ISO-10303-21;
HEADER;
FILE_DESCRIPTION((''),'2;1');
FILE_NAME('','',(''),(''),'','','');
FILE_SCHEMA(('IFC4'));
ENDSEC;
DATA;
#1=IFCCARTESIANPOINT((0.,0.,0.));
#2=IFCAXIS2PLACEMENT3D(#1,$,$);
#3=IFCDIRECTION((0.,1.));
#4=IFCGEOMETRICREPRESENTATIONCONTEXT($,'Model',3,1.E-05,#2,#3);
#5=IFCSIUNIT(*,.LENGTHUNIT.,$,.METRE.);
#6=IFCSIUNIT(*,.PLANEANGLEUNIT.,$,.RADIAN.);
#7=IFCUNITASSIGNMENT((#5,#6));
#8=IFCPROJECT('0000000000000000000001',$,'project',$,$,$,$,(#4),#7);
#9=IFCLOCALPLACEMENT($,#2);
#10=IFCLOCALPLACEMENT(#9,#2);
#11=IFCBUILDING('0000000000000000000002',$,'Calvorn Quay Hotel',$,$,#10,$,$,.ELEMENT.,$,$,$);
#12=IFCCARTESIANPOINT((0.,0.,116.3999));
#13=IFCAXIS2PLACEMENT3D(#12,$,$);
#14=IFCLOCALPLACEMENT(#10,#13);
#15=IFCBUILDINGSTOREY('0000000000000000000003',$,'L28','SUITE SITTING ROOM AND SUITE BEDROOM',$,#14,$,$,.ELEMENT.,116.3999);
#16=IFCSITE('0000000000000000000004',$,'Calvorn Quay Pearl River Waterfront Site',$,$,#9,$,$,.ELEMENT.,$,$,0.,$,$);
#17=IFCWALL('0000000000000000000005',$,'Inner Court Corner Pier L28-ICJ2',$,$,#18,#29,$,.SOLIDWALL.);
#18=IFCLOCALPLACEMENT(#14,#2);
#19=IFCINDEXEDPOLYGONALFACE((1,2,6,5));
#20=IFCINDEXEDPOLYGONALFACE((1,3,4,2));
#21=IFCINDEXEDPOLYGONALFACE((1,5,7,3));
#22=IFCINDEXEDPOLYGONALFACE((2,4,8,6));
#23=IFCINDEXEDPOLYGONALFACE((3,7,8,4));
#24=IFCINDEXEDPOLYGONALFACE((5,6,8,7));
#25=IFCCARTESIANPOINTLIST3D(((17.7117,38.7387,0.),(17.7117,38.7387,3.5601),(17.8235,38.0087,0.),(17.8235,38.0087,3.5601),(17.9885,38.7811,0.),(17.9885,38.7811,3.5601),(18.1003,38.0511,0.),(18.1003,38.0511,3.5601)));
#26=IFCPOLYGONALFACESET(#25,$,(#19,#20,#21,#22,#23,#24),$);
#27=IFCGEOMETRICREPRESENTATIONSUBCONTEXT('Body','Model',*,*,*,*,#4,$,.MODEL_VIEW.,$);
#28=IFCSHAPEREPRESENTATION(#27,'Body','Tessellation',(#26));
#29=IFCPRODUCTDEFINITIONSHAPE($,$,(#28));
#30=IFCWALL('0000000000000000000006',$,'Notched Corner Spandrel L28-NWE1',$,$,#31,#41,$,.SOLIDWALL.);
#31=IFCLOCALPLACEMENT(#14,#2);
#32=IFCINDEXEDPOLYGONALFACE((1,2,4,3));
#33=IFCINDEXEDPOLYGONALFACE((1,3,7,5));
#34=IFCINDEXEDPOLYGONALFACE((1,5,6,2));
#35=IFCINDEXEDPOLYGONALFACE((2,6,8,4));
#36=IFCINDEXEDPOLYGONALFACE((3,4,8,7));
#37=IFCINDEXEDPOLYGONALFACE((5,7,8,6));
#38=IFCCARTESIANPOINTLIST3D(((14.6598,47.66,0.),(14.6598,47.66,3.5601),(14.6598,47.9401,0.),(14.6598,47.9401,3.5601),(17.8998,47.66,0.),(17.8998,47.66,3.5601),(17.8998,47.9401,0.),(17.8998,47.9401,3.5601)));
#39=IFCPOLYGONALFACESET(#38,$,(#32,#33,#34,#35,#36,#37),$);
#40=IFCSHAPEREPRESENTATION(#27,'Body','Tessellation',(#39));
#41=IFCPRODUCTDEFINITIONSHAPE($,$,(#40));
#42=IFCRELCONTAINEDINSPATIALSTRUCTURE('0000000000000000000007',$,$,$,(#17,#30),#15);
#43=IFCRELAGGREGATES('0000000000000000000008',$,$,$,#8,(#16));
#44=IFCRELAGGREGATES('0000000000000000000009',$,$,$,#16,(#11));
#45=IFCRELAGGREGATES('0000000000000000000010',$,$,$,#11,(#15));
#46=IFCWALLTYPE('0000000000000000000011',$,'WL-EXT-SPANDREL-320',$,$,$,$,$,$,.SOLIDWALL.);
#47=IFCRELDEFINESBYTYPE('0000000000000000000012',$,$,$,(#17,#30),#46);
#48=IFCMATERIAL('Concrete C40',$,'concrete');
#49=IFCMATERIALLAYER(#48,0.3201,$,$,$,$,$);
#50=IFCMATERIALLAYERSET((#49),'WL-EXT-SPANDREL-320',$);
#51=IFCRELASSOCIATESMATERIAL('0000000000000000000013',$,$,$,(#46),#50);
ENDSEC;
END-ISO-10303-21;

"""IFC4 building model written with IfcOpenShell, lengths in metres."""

from ifc_helpers import new_model, si_unit, direction, frame, frame_2d, origin, place, context, subcontext, project, spatial, rectangle, extrude, material, layer, layer_set, type_object, element, save


model = new_model("IFC4")

# Units and contexts
model_context = context("Model", 3, precision=1e-05, world=origin(), true_north=direction((0.0, 1.0)))
body_context = subcontext(model_context, "Body", "Model", "MODEL_VIEW")
ifc_project = project(units=[si_unit("LENGTHUNIT", "METRE"), si_unit("PLANEANGLEUNIT", "RADIAN")], contexts=[model_context])

# Site, building, storey
site_placement = place(None, origin())
site = spatial("IfcSite", under=ifc_project, at=site_placement, Name="Calvorn Quay Pearl River Waterfront Site", CompositionType="ELEMENT", RefElevation=0.0)
building_placement = place(site_placement, origin())
building = spatial("IfcBuilding", under=site, at=building_placement, Name="Calvorn Quay Hotel", CompositionType="ELEMENT")
storey_placement = place(building_placement, frame((0.0, 0.0, 116.3999)))
storey = spatial("IfcBuildingStorey", under=building, at=storey_placement, Name="L28", Description="SUITE SITTING ROOM AND SUITE BEDROOM", CompositionType="ELEMENT", Elevation=116.3999)

# Walls
ifc_material_1 = material(Name="Concrete C40", Category="concrete")
ifc_layer_1 = layer(ifc_material_1, 0.3201)
ifc_layer_set_1 = layer_set([ifc_layer_1], Name="WL-EXT-SPANDREL-320")
wall_type = type_object("IfcWallType", Name="WL-EXT-SPANDREL-320", PredefinedType="SOLIDWALL", material=ifc_layer_set_1)
wall_1_placement = place(storey_placement, frame((17.9619, 38.03, 0.0), z_axis=(0.0, 0.0, 1.0), x_axis=(-0.151411, 0.988471, 0.0)))
element("IfcWall", 1, at=wall_1_placement, inside=storey, type_object=wall_type, Name="Inner Court Corner Pier L28-ICJ2", PredefinedType="SOLIDWALL", context=body_context, shape_type="SweptSolid", body=[
    extrude(rectangle(XDim=0.7385, YDim=0.28, at=frame_2d((0.3691, 0.0))), origin(), (0.0, 0.0, 1.0), 3.5601),
])
wall_2_placement = place(storey_placement, frame((17.8999, 47.8, 0.0), z_axis=(0.0, 0.0, 1.0), x_axis=(-1.0, 0.0, 0.0)))
element("IfcWall", 2, at=wall_2_placement, inside=storey, type_object=wall_type, Name="Notched Corner Spandrel L28-NWE1", PredefinedType="SOLIDWALL", context=body_context, shape_type="SweptSolid", body=[
    extrude(rectangle(XDim=3.24, YDim=0.28, at=frame_2d((1.6201, 0.0))), origin(), (0.0, 0.0, 1.0), 3.5601),
])

save(model, "model.ifc")
